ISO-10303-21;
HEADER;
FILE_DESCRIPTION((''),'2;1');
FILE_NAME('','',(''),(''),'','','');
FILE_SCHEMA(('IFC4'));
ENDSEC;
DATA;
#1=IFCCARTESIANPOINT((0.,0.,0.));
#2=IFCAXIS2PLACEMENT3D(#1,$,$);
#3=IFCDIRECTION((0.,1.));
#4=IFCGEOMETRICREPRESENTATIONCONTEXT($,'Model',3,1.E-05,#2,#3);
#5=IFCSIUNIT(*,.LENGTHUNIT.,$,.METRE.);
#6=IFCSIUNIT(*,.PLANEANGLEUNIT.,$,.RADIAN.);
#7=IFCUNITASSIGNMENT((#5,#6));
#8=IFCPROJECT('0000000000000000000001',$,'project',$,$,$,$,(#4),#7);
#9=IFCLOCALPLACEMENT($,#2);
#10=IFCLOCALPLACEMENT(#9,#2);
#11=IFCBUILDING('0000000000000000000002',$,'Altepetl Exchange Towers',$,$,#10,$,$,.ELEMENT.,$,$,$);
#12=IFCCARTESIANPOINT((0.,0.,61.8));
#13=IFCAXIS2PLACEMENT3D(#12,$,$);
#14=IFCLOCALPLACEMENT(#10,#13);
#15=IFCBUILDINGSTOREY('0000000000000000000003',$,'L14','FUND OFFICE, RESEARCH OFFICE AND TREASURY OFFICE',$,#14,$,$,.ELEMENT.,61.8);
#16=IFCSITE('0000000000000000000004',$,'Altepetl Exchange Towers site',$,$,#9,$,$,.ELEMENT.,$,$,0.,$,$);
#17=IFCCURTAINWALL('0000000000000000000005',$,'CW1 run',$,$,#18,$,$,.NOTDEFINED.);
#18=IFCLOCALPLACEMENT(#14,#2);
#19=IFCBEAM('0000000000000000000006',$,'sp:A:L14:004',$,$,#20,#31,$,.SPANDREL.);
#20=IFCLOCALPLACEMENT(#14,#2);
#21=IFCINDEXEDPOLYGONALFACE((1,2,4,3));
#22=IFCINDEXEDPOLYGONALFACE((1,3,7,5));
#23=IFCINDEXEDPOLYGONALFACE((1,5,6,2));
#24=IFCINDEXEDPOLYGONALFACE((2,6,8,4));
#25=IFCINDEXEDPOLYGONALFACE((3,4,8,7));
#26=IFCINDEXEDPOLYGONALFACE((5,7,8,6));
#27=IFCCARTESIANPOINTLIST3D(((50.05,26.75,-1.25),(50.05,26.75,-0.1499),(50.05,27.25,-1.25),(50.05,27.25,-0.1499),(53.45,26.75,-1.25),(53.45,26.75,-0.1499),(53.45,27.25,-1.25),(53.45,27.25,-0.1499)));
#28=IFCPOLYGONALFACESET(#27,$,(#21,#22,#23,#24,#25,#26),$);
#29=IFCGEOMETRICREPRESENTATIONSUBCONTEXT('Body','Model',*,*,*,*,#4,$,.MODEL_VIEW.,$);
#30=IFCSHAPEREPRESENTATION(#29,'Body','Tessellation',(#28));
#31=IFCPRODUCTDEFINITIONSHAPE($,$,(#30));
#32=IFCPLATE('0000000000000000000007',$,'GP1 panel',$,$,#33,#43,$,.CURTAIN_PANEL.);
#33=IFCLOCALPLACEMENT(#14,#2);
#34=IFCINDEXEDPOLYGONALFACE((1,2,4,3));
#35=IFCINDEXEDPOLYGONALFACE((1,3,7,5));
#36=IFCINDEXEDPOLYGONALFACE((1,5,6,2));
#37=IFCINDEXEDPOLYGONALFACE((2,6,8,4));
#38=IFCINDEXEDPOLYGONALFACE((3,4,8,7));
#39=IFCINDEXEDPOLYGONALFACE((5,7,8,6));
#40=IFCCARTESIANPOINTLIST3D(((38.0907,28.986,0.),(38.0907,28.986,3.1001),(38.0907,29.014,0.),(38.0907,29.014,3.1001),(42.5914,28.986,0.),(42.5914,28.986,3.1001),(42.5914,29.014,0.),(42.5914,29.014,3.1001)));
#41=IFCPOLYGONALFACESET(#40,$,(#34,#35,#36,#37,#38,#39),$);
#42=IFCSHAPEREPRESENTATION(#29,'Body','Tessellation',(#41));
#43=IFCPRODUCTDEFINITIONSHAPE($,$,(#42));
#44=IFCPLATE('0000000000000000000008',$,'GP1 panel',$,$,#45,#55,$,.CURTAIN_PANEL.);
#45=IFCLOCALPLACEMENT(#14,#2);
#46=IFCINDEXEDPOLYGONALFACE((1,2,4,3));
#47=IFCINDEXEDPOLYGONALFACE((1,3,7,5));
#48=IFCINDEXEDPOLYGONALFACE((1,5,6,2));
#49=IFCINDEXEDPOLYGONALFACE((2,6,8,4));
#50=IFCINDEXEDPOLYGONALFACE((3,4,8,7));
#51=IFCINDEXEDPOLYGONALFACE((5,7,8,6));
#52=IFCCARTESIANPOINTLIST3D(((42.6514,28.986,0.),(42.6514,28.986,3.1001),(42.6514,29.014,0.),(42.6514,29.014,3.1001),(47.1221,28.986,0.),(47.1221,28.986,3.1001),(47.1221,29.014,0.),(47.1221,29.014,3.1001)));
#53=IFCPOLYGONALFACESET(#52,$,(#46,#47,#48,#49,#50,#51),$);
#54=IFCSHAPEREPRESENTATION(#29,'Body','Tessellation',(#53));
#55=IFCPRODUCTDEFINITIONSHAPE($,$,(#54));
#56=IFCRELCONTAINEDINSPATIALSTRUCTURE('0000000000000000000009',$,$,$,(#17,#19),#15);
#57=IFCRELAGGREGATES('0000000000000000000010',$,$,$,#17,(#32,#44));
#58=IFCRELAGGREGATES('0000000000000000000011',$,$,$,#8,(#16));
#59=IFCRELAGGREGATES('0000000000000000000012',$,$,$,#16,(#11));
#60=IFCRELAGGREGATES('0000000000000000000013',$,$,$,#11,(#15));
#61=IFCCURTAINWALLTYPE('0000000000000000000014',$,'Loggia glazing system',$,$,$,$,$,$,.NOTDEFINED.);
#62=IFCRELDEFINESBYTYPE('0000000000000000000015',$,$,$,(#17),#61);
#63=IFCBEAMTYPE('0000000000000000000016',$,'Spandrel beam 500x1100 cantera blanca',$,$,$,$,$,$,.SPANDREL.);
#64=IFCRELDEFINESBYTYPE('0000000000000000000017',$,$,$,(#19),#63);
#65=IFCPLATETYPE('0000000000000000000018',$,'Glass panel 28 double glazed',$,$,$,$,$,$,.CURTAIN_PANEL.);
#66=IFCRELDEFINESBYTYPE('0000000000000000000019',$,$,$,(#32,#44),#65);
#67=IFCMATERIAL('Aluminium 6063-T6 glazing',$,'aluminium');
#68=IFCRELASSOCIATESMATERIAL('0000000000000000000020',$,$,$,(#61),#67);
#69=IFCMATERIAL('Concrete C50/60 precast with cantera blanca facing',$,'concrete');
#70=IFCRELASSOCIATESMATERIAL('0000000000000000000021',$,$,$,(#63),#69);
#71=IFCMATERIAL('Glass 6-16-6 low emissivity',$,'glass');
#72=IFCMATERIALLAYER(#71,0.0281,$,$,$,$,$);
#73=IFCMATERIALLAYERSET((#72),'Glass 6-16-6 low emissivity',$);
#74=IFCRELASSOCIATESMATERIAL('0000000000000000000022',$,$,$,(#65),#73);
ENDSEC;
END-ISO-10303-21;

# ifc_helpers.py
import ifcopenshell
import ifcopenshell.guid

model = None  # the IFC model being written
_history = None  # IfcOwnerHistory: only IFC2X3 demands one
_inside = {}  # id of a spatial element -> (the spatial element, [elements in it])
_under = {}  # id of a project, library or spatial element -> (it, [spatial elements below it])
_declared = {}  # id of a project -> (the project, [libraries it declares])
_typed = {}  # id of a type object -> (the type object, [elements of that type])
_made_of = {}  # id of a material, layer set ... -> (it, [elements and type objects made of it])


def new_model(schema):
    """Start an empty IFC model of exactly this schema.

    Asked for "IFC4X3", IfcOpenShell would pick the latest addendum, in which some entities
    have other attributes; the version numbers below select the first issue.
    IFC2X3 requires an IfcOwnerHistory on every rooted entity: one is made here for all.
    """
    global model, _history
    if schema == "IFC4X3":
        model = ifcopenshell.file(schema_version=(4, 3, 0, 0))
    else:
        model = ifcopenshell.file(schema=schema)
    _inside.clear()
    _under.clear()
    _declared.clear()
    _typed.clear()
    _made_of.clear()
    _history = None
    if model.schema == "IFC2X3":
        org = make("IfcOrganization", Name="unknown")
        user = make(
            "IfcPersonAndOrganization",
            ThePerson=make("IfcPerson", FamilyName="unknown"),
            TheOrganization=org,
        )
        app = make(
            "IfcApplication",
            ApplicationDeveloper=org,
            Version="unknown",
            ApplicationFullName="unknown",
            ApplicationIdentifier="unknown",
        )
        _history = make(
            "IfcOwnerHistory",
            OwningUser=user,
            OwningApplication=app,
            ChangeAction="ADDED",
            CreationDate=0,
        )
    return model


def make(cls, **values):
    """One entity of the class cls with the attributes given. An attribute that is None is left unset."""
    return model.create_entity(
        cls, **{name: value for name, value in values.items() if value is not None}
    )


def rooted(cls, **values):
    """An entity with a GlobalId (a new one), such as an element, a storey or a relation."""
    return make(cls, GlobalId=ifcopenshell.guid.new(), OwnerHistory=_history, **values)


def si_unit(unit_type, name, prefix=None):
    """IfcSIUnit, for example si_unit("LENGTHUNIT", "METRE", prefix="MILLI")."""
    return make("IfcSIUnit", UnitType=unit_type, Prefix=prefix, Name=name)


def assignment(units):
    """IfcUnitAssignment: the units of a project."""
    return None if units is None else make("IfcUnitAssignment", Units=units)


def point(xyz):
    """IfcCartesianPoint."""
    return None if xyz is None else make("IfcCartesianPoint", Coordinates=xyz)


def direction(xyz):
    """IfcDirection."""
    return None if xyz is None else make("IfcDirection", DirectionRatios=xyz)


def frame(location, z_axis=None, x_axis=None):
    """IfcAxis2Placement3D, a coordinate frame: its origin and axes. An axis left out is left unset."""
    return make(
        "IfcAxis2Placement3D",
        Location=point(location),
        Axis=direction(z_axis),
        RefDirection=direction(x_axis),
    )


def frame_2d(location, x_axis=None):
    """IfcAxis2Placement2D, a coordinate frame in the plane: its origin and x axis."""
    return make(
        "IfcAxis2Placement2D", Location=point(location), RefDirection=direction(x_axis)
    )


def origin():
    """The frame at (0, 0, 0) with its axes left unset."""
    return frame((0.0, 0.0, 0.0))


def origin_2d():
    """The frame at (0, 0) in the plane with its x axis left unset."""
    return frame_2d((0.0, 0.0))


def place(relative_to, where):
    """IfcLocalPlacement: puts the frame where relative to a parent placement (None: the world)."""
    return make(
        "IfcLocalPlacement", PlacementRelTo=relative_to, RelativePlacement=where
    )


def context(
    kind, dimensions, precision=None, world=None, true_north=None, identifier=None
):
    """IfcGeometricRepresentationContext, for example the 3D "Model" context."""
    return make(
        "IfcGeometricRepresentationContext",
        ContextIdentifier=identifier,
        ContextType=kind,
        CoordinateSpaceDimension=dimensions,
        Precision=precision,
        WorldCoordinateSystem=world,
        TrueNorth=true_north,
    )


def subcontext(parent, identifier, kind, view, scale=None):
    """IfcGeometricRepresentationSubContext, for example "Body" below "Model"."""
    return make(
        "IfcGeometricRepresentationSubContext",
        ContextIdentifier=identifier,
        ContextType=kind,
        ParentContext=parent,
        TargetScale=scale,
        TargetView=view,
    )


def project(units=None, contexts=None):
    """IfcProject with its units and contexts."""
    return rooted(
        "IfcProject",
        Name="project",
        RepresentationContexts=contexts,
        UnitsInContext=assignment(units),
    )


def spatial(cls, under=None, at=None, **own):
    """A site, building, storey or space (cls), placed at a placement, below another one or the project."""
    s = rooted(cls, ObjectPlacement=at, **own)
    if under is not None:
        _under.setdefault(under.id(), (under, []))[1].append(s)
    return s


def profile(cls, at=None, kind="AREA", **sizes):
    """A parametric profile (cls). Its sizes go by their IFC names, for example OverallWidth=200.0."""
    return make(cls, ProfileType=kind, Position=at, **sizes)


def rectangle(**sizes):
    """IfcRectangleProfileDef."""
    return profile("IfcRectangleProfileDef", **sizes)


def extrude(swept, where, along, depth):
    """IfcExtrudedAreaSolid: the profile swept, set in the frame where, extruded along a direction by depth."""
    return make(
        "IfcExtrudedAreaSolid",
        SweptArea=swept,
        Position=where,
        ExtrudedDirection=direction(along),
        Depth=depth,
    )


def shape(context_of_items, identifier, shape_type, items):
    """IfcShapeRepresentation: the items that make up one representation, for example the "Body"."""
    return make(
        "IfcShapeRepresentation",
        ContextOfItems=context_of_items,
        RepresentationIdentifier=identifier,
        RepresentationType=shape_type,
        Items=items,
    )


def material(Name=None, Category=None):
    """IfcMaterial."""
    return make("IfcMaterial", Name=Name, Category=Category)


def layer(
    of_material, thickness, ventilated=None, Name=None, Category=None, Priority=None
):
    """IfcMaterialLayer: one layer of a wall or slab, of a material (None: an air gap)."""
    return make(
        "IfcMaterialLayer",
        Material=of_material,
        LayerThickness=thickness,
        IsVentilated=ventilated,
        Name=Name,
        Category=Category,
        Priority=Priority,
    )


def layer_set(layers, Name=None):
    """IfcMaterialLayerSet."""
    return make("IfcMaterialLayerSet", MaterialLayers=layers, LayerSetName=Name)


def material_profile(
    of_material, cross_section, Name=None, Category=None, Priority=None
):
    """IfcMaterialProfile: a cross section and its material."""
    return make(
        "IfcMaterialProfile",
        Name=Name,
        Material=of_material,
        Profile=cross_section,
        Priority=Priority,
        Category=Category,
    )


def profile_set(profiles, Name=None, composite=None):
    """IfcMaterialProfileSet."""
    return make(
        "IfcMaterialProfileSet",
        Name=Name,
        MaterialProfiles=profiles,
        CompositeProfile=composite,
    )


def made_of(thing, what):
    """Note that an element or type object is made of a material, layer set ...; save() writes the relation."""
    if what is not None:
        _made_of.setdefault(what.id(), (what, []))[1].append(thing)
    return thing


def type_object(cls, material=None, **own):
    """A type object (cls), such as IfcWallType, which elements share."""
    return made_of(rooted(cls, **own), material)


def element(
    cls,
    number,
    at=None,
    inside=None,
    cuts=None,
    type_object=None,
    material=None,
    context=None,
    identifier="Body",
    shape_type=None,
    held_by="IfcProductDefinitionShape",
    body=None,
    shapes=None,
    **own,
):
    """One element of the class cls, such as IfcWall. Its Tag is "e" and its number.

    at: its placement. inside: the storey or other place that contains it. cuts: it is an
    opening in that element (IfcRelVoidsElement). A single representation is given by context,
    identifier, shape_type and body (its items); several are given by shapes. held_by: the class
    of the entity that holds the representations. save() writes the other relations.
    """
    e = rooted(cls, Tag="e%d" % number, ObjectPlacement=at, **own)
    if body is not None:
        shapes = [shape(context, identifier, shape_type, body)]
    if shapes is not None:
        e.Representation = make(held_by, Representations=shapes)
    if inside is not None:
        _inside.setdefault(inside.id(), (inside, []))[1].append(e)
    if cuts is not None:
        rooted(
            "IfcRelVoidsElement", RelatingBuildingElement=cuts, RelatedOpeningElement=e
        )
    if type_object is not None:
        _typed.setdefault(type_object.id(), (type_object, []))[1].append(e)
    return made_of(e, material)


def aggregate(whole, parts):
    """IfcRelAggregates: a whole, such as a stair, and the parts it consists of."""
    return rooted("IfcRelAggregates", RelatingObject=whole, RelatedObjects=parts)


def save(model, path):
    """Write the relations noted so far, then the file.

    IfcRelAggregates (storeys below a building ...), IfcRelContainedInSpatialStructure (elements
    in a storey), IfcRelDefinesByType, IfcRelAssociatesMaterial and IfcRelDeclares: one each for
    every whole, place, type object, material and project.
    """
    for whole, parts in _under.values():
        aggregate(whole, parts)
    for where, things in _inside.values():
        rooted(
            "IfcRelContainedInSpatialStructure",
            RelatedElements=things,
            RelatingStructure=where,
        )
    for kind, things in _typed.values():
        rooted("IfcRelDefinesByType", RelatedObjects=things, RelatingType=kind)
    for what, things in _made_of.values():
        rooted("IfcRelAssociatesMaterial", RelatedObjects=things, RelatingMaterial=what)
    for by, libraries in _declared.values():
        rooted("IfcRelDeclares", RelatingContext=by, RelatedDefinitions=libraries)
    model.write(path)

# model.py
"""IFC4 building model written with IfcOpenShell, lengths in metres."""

from ifc_helpers import new_model, si_unit, direction, frame, origin, origin_2d, place, context, subcontext, project, spatial, rectangle, extrude, material, layer, layer_set, material_profile, profile_set, type_object, element, aggregate, save


model = new_model("IFC4")

# Units and contexts
model_context = context("Model", 3, precision=1e-05, world=origin(), true_north=direction((0.0, 1.0)))
body_context = subcontext(model_context, "Body", "Model", "MODEL_VIEW")
ifc_project = project(units=[si_unit("LENGTHUNIT", "METRE"), si_unit("PLANEANGLEUNIT", "RADIAN")], contexts=[model_context])

# Site, building, storey
site_placement = place(None, origin())
site = spatial("IfcSite", under=ifc_project, at=site_placement, Name="Altepetl Exchange Towers site", CompositionType="ELEMENT", RefElevation=0.0)
building_placement = place(site_placement, origin())
building = spatial("IfcBuilding", under=site, at=building_placement, Name="Altepetl Exchange Towers", CompositionType="ELEMENT")
storey_placement = place(building_placement, frame((0.0, 0.0, 61.8)))
storey = spatial("IfcBuildingStorey", under=building, at=storey_placement, Name="L14", Description="FUND OFFICE, RESEARCH OFFICE AND TREASURY OFFICE", CompositionType="ELEMENT", Elevation=61.8)

# Curtain wall
ifc_material_1 = material(Name="Aluminium 6063-T6 glazing", Category="aluminium")
curtain_wall_type = type_object("IfcCurtainWallType", Name="Loggia glazing system", PredefinedType="NOTDEFINED", material=ifc_material_1)
curtain_wall_placement = place(storey_placement, origin())
curtain_wall = element("IfcCurtainWall", 1, at=curtain_wall_placement, inside=storey, type_object=curtain_wall_type, Name="CW1 run", PredefinedType="NOTDEFINED")

# Beam
ifc_material_2 = material(Name="Concrete C50/60 precast with cantera blanca facing", Category="concrete")
ifc_material_profile_1 = material_profile(ifc_material_2, rectangle(XDim=0.5, YDim=1.1001, at=origin_2d()), Name="500 x 1100")
ifc_profile_set_1 = profile_set([ifc_material_profile_1], Name="Concrete C50/60 precast with cantera blanca facing")
beam_type_1 = type_object("IfcBeamType", Name="Spandrel beam 500x1100 cantera blanca", PredefinedType="SPANDREL", material=ifc_profile_set_1)
for number, where, z_axis, x_axis, name in (
    (2, (50.05, 27.0, -0.7), (1.0, 0.0, 0.0), (0.0, 1.0, 0.0), "sp:A:L14:004"),
):
    element("IfcBeam", number, at=place(storey_placement, frame(where, z_axis=z_axis, x_axis=x_axis)), inside=storey, type_object=beam_type_1, Name=name, PredefinedType="SPANDREL", context=body_context, shape_type="SweptSolid", body=[
        extrude(rectangle(XDim=0.5, YDim=1.1001, at=origin_2d()), origin(), (0.0, 0.0, 1.0), 3.3999),
    ])

# Plates
ifc_material_3 = material(Name="Glass 6-16-6 low emissivity", Category="glass")
ifc_layer_1 = layer(ifc_material_3, 0.0281)
ifc_layer_set_1 = layer_set([ifc_layer_1], Name="Glass 6-16-6 low emissivity")
plate_type = type_object("IfcPlateType", Name="Glass panel 28 double glazed", PredefinedType="CURTAIN_PANEL", material=ifc_layer_set_1)
plate_1_placement = place(storey_placement, frame((40.3411, 29.0, 0.0)))
plate_1 = element("IfcPlate", 3, at=plate_1_placement, type_object=plate_type, Name="GP1 panel", PredefinedType="CURTAIN_PANEL", context=body_context, shape_type="SweptSolid", body=[
    extrude(rectangle(XDim=4.5007, YDim=0.0281, at=origin_2d()), origin(), (0.0, 0.0, 1.0), 3.1001),
])
plate_2_placement = place(storey_placement, frame((44.8867, 29.0, 0.0)))
plate_2 = element("IfcPlate", 4, at=plate_2_placement, type_object=plate_type, Name="GP1 panel", PredefinedType="CURTAIN_PANEL", context=body_context, shape_type="SweptSolid", body=[
    extrude(rectangle(XDim=4.4707, YDim=0.0281, at=origin_2d()), origin(), (0.0, 0.0, 1.0), 3.1001),
])
aggregate(curtain_wall, [plate_1, plate_2])

save(model, "model.ifc")
